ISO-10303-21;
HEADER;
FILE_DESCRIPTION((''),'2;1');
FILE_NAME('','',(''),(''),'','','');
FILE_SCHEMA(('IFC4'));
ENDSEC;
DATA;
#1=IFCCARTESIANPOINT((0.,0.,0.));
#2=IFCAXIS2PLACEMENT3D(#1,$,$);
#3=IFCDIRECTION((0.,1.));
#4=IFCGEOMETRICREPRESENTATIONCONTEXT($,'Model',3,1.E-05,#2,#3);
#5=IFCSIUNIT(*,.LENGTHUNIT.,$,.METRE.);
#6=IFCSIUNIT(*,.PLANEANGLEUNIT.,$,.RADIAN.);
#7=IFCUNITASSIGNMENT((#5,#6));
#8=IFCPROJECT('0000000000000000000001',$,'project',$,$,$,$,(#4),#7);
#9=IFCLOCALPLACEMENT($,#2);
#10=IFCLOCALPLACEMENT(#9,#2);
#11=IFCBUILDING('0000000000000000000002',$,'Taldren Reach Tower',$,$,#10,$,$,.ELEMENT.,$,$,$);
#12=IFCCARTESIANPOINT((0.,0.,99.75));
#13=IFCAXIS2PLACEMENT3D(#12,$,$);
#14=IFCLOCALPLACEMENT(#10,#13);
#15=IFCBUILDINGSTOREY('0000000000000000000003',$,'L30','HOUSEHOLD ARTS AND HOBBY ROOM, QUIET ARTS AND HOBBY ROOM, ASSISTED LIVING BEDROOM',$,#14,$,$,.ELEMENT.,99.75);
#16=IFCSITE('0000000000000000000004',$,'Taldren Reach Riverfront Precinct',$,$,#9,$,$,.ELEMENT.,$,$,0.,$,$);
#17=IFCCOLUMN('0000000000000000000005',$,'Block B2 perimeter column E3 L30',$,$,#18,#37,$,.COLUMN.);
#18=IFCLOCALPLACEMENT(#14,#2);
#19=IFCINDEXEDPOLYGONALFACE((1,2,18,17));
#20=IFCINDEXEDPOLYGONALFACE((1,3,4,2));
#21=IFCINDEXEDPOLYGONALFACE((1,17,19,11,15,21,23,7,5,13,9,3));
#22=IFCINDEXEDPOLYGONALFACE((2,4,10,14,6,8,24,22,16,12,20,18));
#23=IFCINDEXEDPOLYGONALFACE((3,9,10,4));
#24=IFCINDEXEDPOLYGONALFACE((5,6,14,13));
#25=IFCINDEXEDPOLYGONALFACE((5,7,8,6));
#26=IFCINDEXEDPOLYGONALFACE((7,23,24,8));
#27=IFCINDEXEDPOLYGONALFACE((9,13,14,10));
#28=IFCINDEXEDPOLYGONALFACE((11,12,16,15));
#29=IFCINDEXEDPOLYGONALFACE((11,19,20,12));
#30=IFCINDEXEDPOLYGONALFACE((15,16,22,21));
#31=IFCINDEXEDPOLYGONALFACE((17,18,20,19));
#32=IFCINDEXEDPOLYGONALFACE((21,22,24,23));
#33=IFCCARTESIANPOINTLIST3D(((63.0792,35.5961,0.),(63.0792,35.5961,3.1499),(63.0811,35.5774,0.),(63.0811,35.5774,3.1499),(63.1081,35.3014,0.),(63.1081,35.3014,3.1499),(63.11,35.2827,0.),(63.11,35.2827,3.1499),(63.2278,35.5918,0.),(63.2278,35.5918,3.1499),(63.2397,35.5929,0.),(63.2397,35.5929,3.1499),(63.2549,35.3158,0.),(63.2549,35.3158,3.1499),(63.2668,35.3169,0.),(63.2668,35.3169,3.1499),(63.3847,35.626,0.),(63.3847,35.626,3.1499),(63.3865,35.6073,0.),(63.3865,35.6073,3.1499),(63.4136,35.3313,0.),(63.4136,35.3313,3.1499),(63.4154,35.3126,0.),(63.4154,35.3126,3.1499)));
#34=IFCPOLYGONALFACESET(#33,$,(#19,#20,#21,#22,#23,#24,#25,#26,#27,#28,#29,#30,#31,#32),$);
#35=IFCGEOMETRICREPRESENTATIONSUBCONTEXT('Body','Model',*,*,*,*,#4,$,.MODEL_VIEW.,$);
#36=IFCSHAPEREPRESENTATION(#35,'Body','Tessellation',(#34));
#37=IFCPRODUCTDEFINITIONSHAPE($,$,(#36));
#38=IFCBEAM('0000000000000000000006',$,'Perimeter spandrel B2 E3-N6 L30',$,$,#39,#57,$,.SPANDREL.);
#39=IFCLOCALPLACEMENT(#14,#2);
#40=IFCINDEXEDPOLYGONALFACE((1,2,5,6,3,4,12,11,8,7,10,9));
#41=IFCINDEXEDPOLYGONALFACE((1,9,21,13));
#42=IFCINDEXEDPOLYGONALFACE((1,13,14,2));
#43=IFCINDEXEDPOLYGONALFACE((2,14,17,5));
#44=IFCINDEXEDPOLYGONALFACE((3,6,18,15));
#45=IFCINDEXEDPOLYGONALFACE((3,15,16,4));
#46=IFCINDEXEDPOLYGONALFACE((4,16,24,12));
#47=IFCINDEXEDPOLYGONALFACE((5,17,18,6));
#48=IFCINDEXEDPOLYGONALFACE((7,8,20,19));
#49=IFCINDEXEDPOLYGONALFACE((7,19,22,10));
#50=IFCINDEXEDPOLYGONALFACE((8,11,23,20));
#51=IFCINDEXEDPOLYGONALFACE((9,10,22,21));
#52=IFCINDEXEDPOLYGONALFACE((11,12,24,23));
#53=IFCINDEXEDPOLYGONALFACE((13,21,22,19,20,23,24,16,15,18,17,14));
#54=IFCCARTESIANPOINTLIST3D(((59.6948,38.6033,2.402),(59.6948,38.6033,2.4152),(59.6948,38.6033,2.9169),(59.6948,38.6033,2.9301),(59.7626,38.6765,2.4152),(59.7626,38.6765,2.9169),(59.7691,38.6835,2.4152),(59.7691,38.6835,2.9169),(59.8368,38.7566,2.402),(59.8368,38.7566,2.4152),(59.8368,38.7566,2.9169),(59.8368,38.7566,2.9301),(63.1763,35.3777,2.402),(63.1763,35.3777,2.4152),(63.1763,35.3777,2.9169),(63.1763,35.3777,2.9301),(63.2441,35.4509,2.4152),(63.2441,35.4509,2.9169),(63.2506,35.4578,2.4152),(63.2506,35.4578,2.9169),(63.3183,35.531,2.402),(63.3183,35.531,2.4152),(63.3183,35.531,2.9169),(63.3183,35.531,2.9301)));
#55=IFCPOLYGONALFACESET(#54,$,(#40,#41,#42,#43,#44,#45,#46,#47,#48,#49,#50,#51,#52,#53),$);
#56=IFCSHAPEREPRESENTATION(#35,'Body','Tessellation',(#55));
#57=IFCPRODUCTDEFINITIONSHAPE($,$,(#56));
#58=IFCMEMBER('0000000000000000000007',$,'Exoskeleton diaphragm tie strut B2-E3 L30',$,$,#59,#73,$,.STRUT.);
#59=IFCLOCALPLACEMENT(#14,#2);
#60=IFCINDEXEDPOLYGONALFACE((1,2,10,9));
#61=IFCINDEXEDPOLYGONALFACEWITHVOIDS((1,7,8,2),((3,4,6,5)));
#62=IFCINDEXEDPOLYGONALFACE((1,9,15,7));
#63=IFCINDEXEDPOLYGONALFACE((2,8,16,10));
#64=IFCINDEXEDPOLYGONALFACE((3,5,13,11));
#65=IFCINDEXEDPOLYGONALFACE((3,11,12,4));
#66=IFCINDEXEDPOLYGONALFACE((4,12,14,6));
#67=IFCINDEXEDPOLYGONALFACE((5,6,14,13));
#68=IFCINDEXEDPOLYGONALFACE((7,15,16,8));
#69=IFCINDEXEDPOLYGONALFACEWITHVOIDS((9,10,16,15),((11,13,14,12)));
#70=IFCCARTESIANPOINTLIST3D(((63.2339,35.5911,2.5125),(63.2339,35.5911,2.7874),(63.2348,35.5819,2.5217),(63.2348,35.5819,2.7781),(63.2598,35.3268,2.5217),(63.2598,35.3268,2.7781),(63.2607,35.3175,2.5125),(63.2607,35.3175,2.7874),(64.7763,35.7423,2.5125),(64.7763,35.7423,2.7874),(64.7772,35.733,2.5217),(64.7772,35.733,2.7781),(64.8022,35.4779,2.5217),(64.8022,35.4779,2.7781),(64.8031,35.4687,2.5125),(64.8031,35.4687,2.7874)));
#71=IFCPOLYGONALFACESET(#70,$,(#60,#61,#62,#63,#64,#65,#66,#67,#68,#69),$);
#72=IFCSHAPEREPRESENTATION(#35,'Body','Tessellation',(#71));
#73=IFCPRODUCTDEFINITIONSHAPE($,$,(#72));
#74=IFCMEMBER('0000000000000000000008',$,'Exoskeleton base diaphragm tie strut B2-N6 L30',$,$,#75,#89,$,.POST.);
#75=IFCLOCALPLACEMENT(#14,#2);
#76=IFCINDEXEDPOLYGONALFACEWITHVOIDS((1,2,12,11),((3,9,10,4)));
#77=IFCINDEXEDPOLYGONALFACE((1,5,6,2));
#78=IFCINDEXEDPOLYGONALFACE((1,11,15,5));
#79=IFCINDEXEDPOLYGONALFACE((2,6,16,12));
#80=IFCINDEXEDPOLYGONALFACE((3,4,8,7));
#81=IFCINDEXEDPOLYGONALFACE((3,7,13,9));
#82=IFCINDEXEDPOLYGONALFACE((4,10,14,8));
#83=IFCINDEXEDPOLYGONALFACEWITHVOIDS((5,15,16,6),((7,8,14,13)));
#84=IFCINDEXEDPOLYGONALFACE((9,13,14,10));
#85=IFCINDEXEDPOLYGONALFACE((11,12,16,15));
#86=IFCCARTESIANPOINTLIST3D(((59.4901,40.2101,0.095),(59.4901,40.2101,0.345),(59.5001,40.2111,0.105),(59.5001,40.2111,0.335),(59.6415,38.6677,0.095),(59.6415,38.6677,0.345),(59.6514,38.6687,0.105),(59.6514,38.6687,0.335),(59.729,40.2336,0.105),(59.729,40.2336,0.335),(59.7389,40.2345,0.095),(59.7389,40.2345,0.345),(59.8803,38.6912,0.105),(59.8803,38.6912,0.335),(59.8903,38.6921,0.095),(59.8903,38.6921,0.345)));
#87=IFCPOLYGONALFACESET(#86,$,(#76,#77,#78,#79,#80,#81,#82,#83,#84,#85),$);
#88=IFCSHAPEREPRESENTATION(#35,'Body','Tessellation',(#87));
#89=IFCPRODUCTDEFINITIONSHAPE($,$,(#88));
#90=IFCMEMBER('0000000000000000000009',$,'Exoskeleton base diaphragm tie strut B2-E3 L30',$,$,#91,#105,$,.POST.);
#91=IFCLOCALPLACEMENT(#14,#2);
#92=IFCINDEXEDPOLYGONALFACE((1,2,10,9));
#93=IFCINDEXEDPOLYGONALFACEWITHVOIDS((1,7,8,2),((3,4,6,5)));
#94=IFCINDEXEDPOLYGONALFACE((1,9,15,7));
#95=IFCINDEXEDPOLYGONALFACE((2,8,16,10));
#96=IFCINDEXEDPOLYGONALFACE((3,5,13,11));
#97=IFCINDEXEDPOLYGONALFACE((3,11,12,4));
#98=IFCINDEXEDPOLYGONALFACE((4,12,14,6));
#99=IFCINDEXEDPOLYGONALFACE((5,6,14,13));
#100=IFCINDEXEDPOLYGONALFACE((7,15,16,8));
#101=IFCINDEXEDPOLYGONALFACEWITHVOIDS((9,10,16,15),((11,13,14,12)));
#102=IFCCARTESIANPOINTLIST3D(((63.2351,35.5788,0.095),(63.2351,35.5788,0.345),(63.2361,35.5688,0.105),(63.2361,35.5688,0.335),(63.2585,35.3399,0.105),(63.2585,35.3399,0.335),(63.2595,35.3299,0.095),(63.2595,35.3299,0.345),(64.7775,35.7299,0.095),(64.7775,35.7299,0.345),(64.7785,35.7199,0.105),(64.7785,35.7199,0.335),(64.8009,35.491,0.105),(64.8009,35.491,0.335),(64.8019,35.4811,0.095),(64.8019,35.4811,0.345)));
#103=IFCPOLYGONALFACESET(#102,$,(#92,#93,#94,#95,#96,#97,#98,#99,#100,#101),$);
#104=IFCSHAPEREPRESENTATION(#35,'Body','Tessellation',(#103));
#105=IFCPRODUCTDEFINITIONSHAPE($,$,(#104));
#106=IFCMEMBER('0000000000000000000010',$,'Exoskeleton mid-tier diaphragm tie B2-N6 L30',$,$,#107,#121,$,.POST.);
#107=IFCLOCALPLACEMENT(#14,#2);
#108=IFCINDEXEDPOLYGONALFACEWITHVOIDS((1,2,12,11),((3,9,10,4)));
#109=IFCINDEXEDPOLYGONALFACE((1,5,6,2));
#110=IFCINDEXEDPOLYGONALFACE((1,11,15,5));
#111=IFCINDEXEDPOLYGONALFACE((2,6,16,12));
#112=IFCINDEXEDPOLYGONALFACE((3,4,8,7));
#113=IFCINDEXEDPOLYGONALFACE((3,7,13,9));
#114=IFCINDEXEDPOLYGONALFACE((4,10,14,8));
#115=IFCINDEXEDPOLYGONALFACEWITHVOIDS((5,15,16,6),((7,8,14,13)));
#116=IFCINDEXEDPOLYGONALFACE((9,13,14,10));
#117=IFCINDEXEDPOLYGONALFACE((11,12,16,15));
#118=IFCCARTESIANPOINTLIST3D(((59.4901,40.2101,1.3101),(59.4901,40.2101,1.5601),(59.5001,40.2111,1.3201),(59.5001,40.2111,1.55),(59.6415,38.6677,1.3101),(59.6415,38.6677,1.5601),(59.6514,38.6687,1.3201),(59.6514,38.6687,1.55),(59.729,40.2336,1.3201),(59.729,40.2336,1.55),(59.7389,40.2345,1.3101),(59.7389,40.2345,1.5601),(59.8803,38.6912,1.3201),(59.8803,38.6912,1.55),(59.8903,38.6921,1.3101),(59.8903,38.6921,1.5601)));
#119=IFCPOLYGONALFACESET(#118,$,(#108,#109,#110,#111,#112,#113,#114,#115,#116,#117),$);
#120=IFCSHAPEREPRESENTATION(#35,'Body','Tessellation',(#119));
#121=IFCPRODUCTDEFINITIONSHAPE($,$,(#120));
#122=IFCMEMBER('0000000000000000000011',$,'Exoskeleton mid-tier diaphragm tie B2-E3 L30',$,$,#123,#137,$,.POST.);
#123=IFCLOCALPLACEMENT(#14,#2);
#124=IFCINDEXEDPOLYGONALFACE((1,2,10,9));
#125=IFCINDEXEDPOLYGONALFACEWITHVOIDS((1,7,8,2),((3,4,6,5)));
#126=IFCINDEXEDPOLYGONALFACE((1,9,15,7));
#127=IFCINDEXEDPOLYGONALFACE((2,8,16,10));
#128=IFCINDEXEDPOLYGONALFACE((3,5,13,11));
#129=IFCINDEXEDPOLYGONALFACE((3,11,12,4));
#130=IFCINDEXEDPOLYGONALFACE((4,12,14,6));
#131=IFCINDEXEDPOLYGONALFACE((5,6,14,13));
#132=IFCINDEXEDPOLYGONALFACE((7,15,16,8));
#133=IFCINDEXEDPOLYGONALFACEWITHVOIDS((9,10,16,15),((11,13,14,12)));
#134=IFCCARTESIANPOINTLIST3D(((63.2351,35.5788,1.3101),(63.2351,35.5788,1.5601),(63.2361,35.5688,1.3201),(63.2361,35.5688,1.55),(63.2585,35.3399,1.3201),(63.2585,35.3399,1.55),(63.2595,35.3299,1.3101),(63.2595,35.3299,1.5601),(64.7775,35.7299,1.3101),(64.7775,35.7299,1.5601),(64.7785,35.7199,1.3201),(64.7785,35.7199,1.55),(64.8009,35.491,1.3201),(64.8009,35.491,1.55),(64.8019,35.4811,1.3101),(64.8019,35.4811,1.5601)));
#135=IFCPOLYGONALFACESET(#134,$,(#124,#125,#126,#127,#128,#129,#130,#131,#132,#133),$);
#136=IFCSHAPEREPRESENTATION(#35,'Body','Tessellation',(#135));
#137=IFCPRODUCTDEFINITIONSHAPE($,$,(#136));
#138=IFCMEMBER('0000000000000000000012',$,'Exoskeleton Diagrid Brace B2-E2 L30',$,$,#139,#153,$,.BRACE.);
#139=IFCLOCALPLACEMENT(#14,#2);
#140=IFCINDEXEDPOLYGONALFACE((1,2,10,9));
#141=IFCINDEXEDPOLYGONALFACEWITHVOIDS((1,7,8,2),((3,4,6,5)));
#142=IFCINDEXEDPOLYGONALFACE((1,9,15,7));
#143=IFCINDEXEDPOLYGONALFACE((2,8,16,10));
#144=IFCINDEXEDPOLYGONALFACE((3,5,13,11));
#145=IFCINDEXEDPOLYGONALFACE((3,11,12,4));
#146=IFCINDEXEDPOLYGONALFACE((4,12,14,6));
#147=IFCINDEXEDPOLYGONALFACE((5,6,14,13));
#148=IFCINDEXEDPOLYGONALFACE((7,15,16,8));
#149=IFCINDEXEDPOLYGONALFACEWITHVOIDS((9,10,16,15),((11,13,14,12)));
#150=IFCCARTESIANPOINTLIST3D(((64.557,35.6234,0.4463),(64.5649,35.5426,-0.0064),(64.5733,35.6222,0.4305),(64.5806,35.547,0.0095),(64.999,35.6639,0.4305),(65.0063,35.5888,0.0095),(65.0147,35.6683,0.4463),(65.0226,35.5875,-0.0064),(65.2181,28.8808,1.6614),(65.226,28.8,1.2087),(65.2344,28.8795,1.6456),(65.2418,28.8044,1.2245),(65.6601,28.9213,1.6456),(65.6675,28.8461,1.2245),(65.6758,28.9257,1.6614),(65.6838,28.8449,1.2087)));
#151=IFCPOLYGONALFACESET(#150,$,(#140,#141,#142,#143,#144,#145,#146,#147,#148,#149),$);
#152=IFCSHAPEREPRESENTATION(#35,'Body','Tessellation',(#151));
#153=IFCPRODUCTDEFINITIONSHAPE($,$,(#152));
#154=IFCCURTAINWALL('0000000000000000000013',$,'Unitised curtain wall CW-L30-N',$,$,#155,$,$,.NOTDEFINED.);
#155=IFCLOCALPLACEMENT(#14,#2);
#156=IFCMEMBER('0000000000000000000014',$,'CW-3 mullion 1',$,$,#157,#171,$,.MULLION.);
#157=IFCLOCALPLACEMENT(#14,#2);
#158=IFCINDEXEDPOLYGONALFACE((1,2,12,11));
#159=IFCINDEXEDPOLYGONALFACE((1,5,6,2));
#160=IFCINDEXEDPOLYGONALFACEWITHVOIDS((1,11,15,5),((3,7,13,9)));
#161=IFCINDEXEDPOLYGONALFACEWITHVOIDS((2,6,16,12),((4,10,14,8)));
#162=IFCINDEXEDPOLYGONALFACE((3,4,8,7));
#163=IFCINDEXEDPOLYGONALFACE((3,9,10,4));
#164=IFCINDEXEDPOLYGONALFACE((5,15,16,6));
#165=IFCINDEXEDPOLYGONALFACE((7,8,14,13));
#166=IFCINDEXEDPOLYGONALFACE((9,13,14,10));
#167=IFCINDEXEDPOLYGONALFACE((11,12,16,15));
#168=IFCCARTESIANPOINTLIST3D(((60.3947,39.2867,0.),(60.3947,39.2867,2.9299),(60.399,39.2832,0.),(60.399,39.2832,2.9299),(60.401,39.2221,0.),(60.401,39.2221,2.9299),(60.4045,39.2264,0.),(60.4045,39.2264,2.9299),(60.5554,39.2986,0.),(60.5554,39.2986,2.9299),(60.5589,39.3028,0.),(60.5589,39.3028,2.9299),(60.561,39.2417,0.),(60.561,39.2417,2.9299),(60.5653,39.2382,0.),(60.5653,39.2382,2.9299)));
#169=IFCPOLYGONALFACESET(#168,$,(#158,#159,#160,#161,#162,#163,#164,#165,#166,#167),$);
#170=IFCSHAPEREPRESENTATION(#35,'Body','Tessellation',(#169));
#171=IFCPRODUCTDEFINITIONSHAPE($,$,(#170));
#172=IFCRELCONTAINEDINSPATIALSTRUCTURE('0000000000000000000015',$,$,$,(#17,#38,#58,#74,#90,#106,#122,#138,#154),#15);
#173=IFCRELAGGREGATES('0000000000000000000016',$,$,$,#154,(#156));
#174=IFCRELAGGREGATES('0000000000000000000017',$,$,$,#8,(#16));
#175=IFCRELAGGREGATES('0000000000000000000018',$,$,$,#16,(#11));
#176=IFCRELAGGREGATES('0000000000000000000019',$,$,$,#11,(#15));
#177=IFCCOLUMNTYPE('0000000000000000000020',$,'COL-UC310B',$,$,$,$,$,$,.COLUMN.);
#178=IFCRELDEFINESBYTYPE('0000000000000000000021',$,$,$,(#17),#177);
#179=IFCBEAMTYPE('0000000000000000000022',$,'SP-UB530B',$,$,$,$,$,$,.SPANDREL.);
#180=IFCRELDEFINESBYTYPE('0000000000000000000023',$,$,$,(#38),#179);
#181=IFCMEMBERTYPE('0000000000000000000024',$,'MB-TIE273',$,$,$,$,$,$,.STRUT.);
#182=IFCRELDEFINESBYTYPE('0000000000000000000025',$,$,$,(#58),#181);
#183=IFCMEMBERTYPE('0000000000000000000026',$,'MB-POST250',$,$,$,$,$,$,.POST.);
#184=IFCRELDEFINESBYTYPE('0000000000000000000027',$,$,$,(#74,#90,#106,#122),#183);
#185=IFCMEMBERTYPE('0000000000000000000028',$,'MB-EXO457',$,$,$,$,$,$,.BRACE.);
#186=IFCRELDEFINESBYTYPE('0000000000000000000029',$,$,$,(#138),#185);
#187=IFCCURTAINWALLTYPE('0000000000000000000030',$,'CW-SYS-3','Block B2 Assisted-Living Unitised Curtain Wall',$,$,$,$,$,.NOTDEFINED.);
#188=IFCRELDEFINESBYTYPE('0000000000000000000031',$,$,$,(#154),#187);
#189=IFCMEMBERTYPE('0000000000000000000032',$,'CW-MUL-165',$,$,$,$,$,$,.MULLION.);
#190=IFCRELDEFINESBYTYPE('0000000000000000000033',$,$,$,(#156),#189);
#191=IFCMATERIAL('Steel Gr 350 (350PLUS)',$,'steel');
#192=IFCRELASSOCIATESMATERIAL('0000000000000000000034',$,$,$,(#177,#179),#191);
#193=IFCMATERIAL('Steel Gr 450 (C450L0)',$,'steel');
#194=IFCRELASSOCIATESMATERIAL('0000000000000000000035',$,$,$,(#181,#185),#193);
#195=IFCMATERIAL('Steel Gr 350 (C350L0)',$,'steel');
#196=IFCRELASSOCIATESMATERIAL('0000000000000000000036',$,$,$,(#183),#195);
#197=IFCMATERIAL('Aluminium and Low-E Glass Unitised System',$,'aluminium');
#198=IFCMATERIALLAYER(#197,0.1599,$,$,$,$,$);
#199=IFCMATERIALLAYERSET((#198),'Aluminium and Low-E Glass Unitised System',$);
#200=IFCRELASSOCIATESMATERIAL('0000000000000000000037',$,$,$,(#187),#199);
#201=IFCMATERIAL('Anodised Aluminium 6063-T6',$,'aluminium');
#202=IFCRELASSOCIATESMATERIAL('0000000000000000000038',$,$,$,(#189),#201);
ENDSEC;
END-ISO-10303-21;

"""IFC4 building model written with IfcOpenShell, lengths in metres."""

from ifc_helpers import new_model, si_unit, direction, frame, origin, origin_2d, place, context, subcontext, project, spatial, hollow_rectangle, i_section, extrude, source, transform, mapped, material, layer, layer_set, material_profile, profile_set, type_object, element, aggregate, save


model = new_model("IFC4")

# Units and contexts
model_context = context("Model", 3, precision=1e-05, world=origin(), true_north=direction((0.0, 1.0)))
body_context = subcontext(model_context, "Body", "Model", "MODEL_VIEW")
ifc_project = project(units=[si_unit("LENGTHUNIT", "METRE"), si_unit("PLANEANGLEUNIT", "RADIAN")], contexts=[model_context])

# Site, building, storey
site_placement = place(None, origin())
site = spatial("IfcSite", under=ifc_project, at=site_placement, Name="Taldren Reach Riverfront Precinct", CompositionType="ELEMENT", RefElevation=0.0)
building_placement = place(site_placement, origin())
building = spatial("IfcBuilding", under=site, at=building_placement, Name="Taldren Reach Tower", CompositionType="ELEMENT")
storey_placement = place(building_placement, frame((0.0, 0.0, 99.75)))
storey = spatial("IfcBuildingStorey", under=building, at=storey_placement, Name="L30", Description="HOUSEHOLD ARTS AND HOBBY ROOM, QUIET ARTS AND HOBBY ROOM, ASSISTED LIVING BEDROOM", CompositionType="ELEMENT", Elevation=99.75)

# Column
ifc_material_1 = material(Name="Steel Gr 350 (350PLUS)", Category="steel")
ifc_material_profile_1 = material_profile(ifc_material_1, i_section(OverallWidth=0.3069, OverallDepth=0.3149, WebThickness=0.012, FlangeThickness=0.0188, at=origin_2d()), Name="310UC118")
ifc_profile_set_1 = profile_set([ifc_material_profile_1], Name="Steel Gr 350 (350PLUS)")
column_type = type_object("IfcColumnType", Name="COL-UC310B", PredefinedType="COLUMN", material=ifc_profile_set_1)
shared_shape_1 = source(origin(), body_context, "Body", "SweptSolid", [
    extrude(i_section(OverallWidth=0.3069, OverallDepth=0.3149, WebThickness=0.012, FlangeThickness=0.0188, at=origin_2d()), origin(), (0.0, 0.0, 1.0), 3.1499),
])
column_placement = place(storey_placement, frame((63.2473, 35.4543, 0.0), z_axis=(0.0, 0.0, 1.0), x_axis=(0.995227, 0.097583, 0.0)))
element("IfcColumn", 1, at=column_placement, inside=storey, type_object=column_type, Name="Block B2 perimeter column E3 L30", PredefinedType="COLUMN", context=body_context, shape_type="MappedRepresentation", body=[
    mapped(shared_shape_1, transform((0.0, 0.0, 0.0), scale=1.0)),
])

# Beam
ifc_material_profile_2 = material_profile(ifc_material_1, i_section(OverallWidth=0.209, OverallDepth=0.5281, WebThickness=0.0095, FlangeThickness=0.0132, at=origin_2d()), Name="530UB82.0")
ifc_profile_set_2 = profile_set([ifc_material_profile_2], Name="Steel Gr 350 (350PLUS)")
beam_type = type_object("IfcBeamType", Name="SP-UB530B", PredefinedType="SPANDREL", material=ifc_profile_set_2)
shared_shape_2 = source(origin(), body_context, "Body", "SweptSolid", [
    extrude(i_section(OverallWidth=0.209, OverallDepth=0.5281, WebThickness=0.0095, FlangeThickness=0.0132, at=origin_2d()), origin(), (0.0, 0.0, 1.0), 4.7461),
])
beam_placement = place(storey_placement, frame((63.2473, 35.4543, 2.666), z_axis=(-0.733548, 0.679638, 0.0), x_axis=(-0.679638, -0.733548, 0.0)))
element("IfcBeam", 2, at=beam_placement, inside=storey, type_object=beam_type, Name="Perimeter spandrel B2 E3-N6 L30", PredefinedType="SPANDREL", context=body_context, shape_type="MappedRepresentation", body=[
    mapped(shared_shape_2, transform((0.0, 0.0, 0.0), scale=1.0)),
])

# Members
ifc_material_2 = material(Name="Steel Gr 450 (C450L0)", Category="steel")
ifc_material_profile_3 = material_profile(ifc_material_2, hollow_rectangle(XDim=0.2749, YDim=0.2749, WallThickness=0.0093, at=origin_2d()), Name="275x275x9.3SHS")
ifc_profile_set_3 = profile_set([ifc_material_profile_3], Name="Steel Gr 450 (C450L0)")
member_type_1 = type_object("IfcMemberType", Name="MB-TIE273", PredefinedType="STRUT", material=ifc_profile_set_3)
shared_shape_3 = source(origin(), body_context, "Body", "SweptSolid", [
    extrude(hollow_rectangle(XDim=0.2749, YDim=0.2749, WallThickness=0.0093, at=origin_2d()), origin(), (0.0, 0.0, 1.0), 1.5498),
])
member_1_placement = place(storey_placement, frame((63.2473, 35.4543, 2.6499), z_axis=(0.995235, 0.097507, 0.0), x_axis=(-0.097507, 0.995235, 0.0)))
element("IfcMember", 3, at=member_1_placement, inside=storey, type_object=member_type_1, Name="Exoskeleton diaphragm tie strut B2-E3 L30", PredefinedType="STRUT", context=body_context, shape_type="MappedRepresentation", body=[
    mapped(shared_shape_3, transform((0.0, 0.0, 0.0), scale=1.0)),
])
ifc_material_3 = material(Name="Steel Gr 350 (C350L0)", Category="steel")
ifc_material_profile_4 = material_profile(ifc_material_3, hollow_rectangle(XDim=0.25, YDim=0.25, WallThickness=0.01, at=origin_2d()), Name="250x250x10.0SHS")
ifc_profile_set_4 = profile_set([ifc_material_profile_4], Name="Steel Gr 350 (C350L0)")
member_type_2 = type_object("IfcMemberType", Name="MB-POST250", PredefinedType="POST", material=ifc_profile_set_4)
shared_shape_4 = source(origin(), body_context, "Body", "SweptSolid", [
    extrude(hollow_rectangle(XDim=0.25, YDim=0.25, WallThickness=0.01, at=origin_2d()), origin(), (0.0, 0.0, 1.0), 1.5498),
])
for number, where, z_axis, x_axis, name in (
    (4, (59.7659, 38.6799, 0.22), (-0.097663, 0.99522, 0.0), (-0.99522, -0.097663, 0.0), "Exoskeleton base diaphragm tie strut B2-N6 L30"),
    (5, (63.2473, 35.4543, 0.22), (0.995235, 0.097507, 0.0), (-0.097507, 0.995235, 0.0), "Exoskeleton base diaphragm tie strut B2-E3 L30"),
    (6, (59.7659, 38.6799, 1.4351), (-0.097663, 0.99522, 0.0), (-0.99522, -0.097663, 0.0), "Exoskeleton mid-tier diaphragm tie B2-N6 L30"),
    (7, (63.2473, 35.4543, 1.4351), (0.995235, 0.097507, 0.0), (-0.097507, 0.995235, 0.0), "Exoskeleton mid-tier diaphragm tie B2-E3 L30"),
):
    element("IfcMember", number, at=place(storey_placement, frame(where, z_axis=z_axis, x_axis=x_axis)), inside=storey, type_object=member_type_2, Name=name, PredefinedType="POST", context=body_context, shape_type="MappedRepresentation", body=[
        mapped(shared_shape_4, transform((0.0, 0.0, 0.0), scale=1.0)),
    ])
ifc_material_profile_5 = material_profile(ifc_material_2, hollow_rectangle(XDim=0.46, YDim=0.46, WallThickness=0.0161, at=origin_2d()), Name="460x460x16.0SHS")
ifc_profile_set_5 = profile_set([ifc_material_profile_5], Name="Steel Gr 450 (C450L0)")
member_type_3 = type_object("IfcMemberType", Name="MB-EXO457", PredefinedType="BRACE", material=ifc_profile_set_5)
shared_shape_5 = source(origin(), body_context, "Body", "SweptSolid", [
    extrude(hollow_rectangle(XDim=0.46, YDim=0.46, WallThickness=0.0161, at=origin_2d()), origin(), (0.0, 0.0, 1.0), 6.8831),
])
member_2_placement = place(storey_placement, frame((64.7898, 35.6055, 0.22), z_axis=(0.096051, -0.979597, 0.176532), x_axis=(0.995227, 0.097584, 0.0)))
element("IfcMember", 8, at=member_2_placement, inside=storey, type_object=member_type_3, Name="Exoskeleton Diagrid Brace B2-E2 L30", PredefinedType="BRACE", context=body_context, shape_type="MappedRepresentation", body=[
    mapped(shared_shape_5, transform((0.0, 0.0, 0.0), scale=1.0)),
])

# Curtain wall, member
ifc_material_4 = material(Name="Aluminium and Low-E Glass Unitised System", Category="aluminium")
ifc_layer_1 = layer(ifc_material_4, 0.1599)
ifc_layer_set_1 = layer_set([ifc_layer_1], Name="Aluminium and Low-E Glass Unitised System")
curtain_wall_type = type_object("IfcCurtainWallType", Name="CW-SYS-3", Description="Block B2 Assisted-Living Unitised Curtain Wall", PredefinedType="NOTDEFINED", material=ifc_layer_set_1)
curtain_wall_1_placement = place(storey_placement, origin())
curtain_wall_1 = element("IfcCurtainWall", 9, at=curtain_wall_1_placement, inside=storey, type_object=curtain_wall_type, Name="Unitised curtain wall CW-L30-N", PredefinedType="NOTDEFINED")
ifc_material_5 = material(Name="Anodised Aluminium 6063-T6", Category="aluminium")
ifc_material_profile_6 = material_profile(ifc_material_5, hollow_rectangle(XDim=0.0649, YDim=0.165, WallThickness=0.0039, at=origin_2d()), Name="ALU-165x65x4RHS")
ifc_profile_set_6 = profile_set([ifc_material_profile_6], Name="Anodised Aluminium 6063-T6")
member_type_4 = type_object("IfcMemberType", Name="CW-MUL-165", PredefinedType="MULLION", material=ifc_profile_set_6)
shared_shape_6 = source(origin(), body_context, "Body", "SweptSolid", [
    extrude(hollow_rectangle(XDim=0.0649, YDim=0.165, WallThickness=0.0039, at=origin_2d()), origin(), (0.0, 0.0, 1.0), 2.9299),
])
member_3_placement = place(storey_placement, frame((60.48, 39.2625, 0.0), z_axis=(0.0, 0.0, 1.0), x_axis=(0.097583, -0.995227, 0.0)))
member_3 = element("IfcMember", 10, at=member_3_placement, type_object=member_type_4, Name="CW-3 mullion 1", PredefinedType="MULLION", context=body_context, shape_type="MappedRepresentation", body=[
    mapped(shared_shape_6, transform((0.0, 0.0, 0.0), scale=1.0)),
])

aggregate(curtain_wall_1, [member_3])

save(model, "model.ifc")
